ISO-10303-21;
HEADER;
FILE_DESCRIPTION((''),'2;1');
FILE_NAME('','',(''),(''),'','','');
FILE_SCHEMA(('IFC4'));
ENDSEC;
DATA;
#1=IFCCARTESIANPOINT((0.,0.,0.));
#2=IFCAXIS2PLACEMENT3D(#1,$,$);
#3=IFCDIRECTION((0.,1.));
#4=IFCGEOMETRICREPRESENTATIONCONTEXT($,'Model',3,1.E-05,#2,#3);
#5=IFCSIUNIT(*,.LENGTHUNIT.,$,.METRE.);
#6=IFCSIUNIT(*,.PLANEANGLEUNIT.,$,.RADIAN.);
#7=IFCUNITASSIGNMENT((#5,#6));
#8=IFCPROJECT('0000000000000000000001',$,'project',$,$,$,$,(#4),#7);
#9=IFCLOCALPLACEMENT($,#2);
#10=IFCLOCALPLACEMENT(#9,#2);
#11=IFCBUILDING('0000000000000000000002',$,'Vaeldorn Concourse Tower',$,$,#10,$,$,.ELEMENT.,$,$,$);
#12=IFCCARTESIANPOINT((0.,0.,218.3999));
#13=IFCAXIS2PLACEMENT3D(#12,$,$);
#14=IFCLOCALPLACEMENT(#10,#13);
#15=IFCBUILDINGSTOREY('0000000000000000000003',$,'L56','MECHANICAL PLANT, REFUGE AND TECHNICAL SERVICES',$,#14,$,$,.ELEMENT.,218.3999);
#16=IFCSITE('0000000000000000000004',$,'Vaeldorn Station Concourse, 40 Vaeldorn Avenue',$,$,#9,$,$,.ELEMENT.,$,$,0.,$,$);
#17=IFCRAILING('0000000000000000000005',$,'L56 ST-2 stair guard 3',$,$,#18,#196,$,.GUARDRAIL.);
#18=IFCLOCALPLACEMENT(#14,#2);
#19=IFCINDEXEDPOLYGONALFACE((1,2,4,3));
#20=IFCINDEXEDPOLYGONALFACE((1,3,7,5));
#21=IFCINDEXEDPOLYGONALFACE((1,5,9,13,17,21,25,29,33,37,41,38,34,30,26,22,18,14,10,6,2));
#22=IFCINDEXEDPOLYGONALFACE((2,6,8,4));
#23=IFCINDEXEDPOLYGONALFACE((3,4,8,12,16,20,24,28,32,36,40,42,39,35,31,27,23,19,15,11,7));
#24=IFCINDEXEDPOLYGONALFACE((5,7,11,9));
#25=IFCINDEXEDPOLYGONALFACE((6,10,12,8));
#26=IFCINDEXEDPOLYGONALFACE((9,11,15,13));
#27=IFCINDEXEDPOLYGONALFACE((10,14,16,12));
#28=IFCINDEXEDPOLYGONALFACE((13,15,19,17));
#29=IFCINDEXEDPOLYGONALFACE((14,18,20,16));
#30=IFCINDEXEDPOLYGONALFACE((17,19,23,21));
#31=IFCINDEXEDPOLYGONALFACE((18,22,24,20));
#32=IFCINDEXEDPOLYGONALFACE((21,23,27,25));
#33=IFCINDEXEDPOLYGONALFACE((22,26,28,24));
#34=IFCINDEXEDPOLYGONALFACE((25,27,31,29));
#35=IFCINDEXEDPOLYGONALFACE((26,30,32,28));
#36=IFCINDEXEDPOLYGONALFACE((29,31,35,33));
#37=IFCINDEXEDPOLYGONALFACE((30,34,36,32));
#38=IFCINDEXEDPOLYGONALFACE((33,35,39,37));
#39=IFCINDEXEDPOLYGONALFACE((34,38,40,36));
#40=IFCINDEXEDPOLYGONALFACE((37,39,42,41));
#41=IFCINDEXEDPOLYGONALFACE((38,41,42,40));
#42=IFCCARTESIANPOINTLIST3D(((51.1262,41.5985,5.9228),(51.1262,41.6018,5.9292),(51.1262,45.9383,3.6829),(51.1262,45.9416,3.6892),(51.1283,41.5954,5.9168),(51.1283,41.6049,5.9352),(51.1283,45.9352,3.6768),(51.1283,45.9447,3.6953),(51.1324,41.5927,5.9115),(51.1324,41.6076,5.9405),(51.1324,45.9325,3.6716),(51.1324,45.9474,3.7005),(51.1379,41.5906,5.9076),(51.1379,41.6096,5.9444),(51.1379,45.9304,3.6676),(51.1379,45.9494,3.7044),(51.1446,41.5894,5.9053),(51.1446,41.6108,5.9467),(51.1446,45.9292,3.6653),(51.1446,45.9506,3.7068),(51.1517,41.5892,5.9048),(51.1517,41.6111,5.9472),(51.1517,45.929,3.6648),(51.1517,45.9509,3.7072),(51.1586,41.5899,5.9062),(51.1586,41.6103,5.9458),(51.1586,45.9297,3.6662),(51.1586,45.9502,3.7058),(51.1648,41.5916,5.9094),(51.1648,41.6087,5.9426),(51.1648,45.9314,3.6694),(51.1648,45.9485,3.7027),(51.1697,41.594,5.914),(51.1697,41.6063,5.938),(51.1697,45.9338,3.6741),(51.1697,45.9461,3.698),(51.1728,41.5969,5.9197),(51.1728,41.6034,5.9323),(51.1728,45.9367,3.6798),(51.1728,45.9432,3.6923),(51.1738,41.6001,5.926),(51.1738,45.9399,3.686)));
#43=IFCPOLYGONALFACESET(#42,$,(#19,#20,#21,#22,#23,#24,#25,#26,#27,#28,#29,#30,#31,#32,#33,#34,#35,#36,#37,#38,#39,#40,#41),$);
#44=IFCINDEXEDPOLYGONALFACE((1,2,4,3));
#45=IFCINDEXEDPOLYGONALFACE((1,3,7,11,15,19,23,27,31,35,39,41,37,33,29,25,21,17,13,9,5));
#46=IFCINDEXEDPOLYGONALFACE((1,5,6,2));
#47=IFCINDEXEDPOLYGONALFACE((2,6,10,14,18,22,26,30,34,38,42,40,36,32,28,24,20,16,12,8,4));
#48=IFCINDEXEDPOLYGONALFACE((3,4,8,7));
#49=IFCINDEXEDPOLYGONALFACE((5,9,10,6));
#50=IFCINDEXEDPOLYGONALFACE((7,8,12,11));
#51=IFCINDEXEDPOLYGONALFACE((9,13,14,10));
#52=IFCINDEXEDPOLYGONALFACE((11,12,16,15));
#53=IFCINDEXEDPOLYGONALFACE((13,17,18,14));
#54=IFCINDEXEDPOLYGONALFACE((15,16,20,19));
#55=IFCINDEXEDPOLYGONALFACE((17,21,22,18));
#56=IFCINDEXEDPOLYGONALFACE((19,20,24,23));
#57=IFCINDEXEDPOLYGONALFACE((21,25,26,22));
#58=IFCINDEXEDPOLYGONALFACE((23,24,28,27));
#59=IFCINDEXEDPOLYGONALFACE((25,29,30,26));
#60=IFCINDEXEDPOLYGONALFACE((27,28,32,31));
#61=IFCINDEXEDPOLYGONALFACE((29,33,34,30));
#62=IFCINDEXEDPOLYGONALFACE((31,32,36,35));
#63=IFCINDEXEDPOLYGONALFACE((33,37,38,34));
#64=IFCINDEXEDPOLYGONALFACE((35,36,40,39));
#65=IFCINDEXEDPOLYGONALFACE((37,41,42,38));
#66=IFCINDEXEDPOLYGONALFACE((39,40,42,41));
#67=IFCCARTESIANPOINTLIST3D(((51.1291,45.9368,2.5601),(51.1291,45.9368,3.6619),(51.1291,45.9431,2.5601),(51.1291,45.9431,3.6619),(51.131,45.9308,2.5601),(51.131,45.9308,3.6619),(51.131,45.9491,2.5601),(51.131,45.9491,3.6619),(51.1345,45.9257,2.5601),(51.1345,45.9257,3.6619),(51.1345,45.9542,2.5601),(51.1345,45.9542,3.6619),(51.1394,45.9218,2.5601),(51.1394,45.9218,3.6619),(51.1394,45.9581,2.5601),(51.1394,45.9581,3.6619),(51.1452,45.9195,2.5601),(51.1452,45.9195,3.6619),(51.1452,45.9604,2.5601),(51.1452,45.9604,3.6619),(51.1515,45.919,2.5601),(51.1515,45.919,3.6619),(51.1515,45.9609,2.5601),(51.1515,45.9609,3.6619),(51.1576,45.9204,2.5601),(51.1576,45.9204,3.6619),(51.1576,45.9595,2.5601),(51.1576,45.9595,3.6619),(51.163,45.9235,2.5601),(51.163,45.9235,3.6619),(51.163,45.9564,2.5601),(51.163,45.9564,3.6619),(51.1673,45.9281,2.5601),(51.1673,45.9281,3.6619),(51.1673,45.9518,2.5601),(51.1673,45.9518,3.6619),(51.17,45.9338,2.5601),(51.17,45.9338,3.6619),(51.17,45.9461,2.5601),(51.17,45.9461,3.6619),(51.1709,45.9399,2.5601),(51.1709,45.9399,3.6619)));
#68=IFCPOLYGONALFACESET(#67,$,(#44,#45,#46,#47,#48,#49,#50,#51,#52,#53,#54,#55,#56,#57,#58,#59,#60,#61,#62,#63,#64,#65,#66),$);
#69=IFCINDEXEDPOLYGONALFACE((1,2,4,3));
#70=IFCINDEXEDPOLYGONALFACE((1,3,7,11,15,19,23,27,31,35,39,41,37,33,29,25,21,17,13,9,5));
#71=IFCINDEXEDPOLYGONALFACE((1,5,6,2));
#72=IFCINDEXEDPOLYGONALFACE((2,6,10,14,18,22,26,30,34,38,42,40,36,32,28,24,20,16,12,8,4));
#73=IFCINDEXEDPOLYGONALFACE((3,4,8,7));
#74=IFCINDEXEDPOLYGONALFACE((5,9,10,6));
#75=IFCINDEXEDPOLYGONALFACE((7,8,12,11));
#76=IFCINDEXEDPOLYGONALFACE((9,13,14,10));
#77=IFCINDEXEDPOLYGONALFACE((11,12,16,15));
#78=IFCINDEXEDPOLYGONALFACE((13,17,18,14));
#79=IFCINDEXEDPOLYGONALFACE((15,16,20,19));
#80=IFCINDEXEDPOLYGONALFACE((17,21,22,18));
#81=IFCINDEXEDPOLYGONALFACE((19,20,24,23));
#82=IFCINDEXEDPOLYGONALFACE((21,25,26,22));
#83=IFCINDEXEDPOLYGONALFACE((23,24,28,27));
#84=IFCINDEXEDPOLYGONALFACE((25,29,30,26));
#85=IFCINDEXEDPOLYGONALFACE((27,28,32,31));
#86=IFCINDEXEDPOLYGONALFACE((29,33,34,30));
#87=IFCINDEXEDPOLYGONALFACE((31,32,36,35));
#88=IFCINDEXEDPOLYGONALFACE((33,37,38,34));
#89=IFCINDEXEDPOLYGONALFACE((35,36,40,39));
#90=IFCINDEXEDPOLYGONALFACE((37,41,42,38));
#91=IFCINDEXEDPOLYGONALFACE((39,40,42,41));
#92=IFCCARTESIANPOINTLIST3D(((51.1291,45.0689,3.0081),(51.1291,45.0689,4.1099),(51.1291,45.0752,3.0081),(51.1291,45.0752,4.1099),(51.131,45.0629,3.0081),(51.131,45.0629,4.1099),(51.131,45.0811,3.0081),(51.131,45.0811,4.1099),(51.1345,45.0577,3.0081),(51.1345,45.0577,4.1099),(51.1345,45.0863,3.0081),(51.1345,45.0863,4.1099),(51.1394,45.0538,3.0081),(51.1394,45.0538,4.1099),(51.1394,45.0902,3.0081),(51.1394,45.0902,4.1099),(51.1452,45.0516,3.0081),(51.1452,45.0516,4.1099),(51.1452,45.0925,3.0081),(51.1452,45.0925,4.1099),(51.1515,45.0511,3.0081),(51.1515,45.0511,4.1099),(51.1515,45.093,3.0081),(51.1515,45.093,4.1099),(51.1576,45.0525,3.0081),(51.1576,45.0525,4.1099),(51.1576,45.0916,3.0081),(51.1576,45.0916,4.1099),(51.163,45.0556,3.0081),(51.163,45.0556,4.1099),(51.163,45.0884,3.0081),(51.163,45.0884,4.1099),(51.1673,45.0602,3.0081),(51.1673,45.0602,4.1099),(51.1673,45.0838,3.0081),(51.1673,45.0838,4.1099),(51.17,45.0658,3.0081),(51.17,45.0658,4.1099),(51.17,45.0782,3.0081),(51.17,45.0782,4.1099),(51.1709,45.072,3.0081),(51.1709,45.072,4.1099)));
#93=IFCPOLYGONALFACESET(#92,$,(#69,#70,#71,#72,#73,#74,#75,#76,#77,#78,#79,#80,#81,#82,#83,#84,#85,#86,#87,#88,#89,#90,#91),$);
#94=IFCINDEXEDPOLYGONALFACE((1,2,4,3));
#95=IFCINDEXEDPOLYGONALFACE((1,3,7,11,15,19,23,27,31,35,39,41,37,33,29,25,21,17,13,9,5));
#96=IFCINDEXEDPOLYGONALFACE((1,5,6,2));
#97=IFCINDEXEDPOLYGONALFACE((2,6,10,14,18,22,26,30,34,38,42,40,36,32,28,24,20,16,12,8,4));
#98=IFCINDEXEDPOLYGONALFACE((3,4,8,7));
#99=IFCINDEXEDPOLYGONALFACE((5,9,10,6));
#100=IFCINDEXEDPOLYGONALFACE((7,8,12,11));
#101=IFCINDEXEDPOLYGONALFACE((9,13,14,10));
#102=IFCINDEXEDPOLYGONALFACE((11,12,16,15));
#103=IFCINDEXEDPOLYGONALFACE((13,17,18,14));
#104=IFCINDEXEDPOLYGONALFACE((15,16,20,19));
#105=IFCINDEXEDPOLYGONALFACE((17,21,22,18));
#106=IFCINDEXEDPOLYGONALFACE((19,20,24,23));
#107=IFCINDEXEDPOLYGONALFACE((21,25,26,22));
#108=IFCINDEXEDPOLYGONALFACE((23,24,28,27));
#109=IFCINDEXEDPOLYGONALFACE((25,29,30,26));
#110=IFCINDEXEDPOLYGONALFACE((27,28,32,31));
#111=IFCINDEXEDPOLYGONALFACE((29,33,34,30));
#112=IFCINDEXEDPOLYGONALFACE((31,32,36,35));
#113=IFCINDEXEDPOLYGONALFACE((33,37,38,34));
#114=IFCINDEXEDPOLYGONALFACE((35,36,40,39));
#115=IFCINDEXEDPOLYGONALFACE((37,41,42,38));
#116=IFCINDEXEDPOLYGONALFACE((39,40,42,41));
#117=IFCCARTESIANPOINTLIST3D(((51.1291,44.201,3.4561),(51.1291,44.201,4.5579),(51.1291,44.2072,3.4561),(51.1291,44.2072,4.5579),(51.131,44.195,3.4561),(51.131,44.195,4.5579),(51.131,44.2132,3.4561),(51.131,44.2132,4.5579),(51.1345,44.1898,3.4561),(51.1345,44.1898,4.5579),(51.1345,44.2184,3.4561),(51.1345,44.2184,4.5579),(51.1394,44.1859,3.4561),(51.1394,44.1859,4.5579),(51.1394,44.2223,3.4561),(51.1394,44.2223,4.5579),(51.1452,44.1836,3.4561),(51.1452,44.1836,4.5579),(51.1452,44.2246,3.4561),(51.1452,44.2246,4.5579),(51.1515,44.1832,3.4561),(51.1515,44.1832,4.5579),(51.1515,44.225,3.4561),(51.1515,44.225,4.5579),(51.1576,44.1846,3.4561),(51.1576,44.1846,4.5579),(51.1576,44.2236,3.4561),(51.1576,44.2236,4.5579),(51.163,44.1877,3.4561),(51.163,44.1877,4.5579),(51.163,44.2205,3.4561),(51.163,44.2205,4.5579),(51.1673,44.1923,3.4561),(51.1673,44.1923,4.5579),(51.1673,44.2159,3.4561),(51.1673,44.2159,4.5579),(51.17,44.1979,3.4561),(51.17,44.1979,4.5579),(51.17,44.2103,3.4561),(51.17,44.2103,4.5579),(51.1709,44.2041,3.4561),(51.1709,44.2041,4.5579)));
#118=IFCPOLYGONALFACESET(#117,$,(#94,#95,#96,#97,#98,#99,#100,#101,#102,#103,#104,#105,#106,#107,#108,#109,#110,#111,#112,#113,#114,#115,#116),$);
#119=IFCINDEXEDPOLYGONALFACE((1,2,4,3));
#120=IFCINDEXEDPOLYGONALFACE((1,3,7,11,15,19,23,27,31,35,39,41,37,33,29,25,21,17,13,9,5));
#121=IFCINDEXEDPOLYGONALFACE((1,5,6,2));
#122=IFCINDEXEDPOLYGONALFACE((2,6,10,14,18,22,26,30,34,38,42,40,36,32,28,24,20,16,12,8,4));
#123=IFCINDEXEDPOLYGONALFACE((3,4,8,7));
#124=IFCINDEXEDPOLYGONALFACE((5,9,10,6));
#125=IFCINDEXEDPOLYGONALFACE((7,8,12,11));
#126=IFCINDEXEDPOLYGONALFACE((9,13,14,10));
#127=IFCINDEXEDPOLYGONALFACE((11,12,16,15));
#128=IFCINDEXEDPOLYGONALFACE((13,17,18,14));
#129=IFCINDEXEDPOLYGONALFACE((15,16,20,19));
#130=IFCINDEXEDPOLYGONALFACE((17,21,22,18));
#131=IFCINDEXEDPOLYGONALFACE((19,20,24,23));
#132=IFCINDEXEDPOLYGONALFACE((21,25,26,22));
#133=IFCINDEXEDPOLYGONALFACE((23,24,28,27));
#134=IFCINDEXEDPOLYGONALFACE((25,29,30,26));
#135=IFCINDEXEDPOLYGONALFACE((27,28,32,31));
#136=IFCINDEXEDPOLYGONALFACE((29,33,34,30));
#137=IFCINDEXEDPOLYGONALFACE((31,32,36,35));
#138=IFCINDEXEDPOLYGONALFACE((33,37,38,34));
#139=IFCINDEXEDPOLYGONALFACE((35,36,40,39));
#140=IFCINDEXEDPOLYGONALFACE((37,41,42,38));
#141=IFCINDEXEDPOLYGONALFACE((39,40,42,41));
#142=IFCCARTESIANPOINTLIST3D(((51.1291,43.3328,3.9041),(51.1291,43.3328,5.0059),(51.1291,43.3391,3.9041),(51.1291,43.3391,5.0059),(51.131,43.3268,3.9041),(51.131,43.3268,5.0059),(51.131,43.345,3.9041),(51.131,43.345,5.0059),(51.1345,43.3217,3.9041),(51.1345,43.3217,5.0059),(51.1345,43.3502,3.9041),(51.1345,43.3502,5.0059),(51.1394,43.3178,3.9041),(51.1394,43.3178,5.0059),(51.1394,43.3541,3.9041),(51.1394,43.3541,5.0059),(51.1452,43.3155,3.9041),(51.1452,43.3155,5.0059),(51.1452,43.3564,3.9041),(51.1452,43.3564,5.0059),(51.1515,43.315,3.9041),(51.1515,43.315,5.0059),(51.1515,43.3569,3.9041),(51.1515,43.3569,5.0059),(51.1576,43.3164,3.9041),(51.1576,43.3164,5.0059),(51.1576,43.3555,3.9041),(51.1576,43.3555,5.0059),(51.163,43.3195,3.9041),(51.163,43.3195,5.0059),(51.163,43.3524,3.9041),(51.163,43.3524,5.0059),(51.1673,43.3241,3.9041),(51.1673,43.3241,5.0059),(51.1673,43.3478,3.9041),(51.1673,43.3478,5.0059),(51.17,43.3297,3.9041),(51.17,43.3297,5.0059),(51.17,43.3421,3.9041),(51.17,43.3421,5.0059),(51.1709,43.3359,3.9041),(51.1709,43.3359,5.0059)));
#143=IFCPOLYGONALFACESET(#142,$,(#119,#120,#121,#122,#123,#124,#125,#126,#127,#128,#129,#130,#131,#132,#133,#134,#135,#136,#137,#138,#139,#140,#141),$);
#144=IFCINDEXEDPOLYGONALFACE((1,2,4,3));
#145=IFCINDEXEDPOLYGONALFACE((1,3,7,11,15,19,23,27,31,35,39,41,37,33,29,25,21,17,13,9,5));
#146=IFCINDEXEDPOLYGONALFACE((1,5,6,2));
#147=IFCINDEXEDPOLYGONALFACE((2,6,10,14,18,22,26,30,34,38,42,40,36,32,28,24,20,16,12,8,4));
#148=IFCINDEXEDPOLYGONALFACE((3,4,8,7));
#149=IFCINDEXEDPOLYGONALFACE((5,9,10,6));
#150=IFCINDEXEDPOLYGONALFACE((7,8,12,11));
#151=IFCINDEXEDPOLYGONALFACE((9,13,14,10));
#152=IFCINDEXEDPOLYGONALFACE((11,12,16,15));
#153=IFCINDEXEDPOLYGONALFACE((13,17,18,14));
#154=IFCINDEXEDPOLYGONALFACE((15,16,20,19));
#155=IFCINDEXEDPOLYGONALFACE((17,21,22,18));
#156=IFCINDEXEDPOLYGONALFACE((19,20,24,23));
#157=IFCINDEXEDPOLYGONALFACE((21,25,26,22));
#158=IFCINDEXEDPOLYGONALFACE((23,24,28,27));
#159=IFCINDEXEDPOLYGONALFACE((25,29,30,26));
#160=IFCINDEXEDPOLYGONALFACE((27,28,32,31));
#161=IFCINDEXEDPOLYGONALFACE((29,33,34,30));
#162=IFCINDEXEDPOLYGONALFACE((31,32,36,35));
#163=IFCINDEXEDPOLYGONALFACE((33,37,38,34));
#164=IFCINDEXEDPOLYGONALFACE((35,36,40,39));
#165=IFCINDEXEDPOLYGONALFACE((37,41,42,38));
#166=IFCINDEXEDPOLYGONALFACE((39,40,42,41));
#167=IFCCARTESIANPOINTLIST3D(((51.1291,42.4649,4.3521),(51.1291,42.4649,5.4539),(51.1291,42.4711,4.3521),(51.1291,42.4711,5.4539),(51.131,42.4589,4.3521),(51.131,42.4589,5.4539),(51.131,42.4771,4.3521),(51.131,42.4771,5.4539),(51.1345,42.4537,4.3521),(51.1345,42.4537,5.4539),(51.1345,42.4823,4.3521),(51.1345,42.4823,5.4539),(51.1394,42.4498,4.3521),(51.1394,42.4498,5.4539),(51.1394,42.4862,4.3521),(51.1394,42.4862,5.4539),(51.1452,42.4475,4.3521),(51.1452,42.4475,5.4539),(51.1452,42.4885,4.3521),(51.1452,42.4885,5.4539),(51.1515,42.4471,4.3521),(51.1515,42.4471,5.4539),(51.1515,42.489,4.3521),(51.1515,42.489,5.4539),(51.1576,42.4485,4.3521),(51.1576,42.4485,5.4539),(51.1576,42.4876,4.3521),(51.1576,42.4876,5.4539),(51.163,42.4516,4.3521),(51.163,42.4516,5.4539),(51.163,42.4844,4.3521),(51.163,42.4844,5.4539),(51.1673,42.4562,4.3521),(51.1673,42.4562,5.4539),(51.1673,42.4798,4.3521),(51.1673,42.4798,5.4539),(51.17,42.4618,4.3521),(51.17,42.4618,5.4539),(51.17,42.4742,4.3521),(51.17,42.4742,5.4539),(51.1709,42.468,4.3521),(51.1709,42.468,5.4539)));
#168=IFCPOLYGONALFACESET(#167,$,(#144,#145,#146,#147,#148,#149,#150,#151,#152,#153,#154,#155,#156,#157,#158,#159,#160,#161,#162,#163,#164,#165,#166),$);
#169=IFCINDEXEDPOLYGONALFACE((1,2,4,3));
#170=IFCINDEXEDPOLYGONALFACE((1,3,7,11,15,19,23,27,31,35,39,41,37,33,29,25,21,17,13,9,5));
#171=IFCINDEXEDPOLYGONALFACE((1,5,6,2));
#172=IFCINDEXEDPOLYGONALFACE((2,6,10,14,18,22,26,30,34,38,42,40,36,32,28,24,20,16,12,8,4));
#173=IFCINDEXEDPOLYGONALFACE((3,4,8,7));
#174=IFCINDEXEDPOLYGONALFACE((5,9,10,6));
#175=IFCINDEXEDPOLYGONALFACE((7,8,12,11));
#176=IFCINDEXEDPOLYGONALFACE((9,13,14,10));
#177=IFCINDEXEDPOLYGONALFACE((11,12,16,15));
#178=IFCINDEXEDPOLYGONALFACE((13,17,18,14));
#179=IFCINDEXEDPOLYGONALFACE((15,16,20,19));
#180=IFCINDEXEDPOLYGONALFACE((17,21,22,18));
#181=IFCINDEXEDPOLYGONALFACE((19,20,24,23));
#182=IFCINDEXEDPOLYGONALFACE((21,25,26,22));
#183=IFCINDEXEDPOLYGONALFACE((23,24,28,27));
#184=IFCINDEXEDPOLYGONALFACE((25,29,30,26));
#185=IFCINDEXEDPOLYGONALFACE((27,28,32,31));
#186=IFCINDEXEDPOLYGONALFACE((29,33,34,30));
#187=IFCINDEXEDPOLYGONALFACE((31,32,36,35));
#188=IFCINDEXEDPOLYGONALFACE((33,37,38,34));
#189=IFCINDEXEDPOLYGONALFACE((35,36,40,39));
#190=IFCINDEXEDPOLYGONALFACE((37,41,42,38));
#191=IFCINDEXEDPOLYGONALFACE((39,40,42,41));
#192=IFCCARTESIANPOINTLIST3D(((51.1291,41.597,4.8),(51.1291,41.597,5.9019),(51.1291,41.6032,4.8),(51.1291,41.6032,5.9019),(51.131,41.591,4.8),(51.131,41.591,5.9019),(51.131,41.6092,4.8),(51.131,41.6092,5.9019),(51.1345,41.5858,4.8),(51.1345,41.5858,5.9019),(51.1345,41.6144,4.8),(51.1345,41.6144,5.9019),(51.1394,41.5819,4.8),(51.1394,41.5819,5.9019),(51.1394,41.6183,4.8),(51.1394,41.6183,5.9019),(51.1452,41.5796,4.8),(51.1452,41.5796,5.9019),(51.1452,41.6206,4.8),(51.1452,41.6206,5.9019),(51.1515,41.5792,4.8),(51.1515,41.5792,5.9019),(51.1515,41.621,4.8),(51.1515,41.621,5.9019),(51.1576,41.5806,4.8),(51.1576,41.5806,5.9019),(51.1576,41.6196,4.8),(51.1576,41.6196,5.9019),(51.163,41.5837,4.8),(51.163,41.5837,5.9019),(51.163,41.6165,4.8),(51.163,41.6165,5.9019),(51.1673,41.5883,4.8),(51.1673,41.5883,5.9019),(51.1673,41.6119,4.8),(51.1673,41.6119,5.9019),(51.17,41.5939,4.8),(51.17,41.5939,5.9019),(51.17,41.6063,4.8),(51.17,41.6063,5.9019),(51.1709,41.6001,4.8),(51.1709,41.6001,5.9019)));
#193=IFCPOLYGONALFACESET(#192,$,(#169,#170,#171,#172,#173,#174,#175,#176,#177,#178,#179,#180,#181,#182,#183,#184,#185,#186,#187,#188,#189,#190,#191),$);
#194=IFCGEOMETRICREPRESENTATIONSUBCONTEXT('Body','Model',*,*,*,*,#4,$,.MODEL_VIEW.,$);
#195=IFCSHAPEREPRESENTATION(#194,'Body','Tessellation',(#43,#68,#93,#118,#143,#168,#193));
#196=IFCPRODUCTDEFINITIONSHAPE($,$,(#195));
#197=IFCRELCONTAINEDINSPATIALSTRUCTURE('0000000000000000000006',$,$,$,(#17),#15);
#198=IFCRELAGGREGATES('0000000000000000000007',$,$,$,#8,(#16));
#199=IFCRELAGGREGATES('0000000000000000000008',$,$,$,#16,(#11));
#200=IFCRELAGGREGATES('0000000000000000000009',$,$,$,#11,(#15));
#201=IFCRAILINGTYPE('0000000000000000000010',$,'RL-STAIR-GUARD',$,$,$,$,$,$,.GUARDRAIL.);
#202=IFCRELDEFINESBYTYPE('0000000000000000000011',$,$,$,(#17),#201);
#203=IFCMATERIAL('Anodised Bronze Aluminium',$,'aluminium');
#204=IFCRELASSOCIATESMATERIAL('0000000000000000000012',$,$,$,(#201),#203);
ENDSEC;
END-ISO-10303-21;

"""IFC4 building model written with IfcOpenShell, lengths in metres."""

from ifc_helpers import new_model, si_unit, direction, frame, origin, origin_2d, place, context, subcontext, project, spatial, circle, extrude, material, type_object, element, save


model = new_model("IFC4")

# Units and contexts
model_context = context("Model", 3, precision=1e-05, world=origin(), true_north=direction((0.0, 1.0)))
body_context = subcontext(model_context, "Body", "Model", "MODEL_VIEW")
ifc_project = project(units=[si_unit("LENGTHUNIT", "METRE"), si_unit("PLANEANGLEUNIT", "RADIAN")], contexts=[model_context])

# Site, building, storey
site_placement = place(None, origin())
site = spatial("IfcSite", under=ifc_project, at=site_placement, Name="Vaeldorn Station Concourse, 40 Vaeldorn Avenue", CompositionType="ELEMENT", RefElevation=0.0)
building_placement = place(site_placement, origin())
building = spatial("IfcBuilding", under=site, at=building_placement, Name="Vaeldorn Concourse Tower", CompositionType="ELEMENT")
storey_placement = place(building_placement, frame((0.0, 0.0, 218.3999)))
storey = spatial("IfcBuildingStorey", under=building, at=storey_placement, Name="L56", Description="MECHANICAL PLANT, REFUGE AND TECHNICAL SERVICES", CompositionType="ELEMENT", Elevation=218.3999)

# Railing
ifc_material_1 = material(Name="Anodised Bronze Aluminium", Category="aluminium")
railing_type_1 = type_object("IfcRailingType", Name="RL-STAIR-GUARD", PredefinedType="GUARDRAIL", material=ifc_material_1)
railing_1_placement = place(storey_placement, frame((51.1499, 45.9399, 2.5601)))
element("IfcRailing", 1, at=railing_1_placement, inside=storey, type_object=railing_type_1, Name="L56 ST-2 stair guard 3", PredefinedType="GUARDRAIL", context=body_context, shape_type="SweptSolid", body=[
    extrude(circle(Radius=0.0239, at=origin_2d()), frame((0.0, 0.0, 1.126), z_axis=(0.0, -0.888615, 0.458654), x_axis=(1.0, 0.0, 0.0)), (0.0, 0.0, 1.0), 4.8838),
    extrude(circle(Radius=0.021, at=origin_2d()), origin(), (0.0, 0.0, 1.0), 1.1018),
    extrude(circle(Radius=0.021, at=origin_2d()), frame((0.0, -0.8679, 0.448)), (0.0, 0.0, 1.0), 1.1018),
    extrude(circle(Radius=0.021, at=origin_2d()), frame((0.0, -1.7358, 0.896)), (0.0, 0.0, 1.0), 1.1018),
    extrude(circle(Radius=0.021, at=origin_2d()), frame((0.0, -2.604, 1.344)), (0.0, 0.0, 1.0), 1.1018),
    extrude(circle(Radius=0.021, at=origin_2d()), frame((0.0, -3.4719, 1.792)), (0.0, 0.0, 1.0), 1.1018),
    extrude(circle(Radius=0.021, at=origin_2d()), frame((0.0, -4.3398, 2.24)), (0.0, 0.0, 1.0), 1.1018),
])

save(model, "model.ifc")
